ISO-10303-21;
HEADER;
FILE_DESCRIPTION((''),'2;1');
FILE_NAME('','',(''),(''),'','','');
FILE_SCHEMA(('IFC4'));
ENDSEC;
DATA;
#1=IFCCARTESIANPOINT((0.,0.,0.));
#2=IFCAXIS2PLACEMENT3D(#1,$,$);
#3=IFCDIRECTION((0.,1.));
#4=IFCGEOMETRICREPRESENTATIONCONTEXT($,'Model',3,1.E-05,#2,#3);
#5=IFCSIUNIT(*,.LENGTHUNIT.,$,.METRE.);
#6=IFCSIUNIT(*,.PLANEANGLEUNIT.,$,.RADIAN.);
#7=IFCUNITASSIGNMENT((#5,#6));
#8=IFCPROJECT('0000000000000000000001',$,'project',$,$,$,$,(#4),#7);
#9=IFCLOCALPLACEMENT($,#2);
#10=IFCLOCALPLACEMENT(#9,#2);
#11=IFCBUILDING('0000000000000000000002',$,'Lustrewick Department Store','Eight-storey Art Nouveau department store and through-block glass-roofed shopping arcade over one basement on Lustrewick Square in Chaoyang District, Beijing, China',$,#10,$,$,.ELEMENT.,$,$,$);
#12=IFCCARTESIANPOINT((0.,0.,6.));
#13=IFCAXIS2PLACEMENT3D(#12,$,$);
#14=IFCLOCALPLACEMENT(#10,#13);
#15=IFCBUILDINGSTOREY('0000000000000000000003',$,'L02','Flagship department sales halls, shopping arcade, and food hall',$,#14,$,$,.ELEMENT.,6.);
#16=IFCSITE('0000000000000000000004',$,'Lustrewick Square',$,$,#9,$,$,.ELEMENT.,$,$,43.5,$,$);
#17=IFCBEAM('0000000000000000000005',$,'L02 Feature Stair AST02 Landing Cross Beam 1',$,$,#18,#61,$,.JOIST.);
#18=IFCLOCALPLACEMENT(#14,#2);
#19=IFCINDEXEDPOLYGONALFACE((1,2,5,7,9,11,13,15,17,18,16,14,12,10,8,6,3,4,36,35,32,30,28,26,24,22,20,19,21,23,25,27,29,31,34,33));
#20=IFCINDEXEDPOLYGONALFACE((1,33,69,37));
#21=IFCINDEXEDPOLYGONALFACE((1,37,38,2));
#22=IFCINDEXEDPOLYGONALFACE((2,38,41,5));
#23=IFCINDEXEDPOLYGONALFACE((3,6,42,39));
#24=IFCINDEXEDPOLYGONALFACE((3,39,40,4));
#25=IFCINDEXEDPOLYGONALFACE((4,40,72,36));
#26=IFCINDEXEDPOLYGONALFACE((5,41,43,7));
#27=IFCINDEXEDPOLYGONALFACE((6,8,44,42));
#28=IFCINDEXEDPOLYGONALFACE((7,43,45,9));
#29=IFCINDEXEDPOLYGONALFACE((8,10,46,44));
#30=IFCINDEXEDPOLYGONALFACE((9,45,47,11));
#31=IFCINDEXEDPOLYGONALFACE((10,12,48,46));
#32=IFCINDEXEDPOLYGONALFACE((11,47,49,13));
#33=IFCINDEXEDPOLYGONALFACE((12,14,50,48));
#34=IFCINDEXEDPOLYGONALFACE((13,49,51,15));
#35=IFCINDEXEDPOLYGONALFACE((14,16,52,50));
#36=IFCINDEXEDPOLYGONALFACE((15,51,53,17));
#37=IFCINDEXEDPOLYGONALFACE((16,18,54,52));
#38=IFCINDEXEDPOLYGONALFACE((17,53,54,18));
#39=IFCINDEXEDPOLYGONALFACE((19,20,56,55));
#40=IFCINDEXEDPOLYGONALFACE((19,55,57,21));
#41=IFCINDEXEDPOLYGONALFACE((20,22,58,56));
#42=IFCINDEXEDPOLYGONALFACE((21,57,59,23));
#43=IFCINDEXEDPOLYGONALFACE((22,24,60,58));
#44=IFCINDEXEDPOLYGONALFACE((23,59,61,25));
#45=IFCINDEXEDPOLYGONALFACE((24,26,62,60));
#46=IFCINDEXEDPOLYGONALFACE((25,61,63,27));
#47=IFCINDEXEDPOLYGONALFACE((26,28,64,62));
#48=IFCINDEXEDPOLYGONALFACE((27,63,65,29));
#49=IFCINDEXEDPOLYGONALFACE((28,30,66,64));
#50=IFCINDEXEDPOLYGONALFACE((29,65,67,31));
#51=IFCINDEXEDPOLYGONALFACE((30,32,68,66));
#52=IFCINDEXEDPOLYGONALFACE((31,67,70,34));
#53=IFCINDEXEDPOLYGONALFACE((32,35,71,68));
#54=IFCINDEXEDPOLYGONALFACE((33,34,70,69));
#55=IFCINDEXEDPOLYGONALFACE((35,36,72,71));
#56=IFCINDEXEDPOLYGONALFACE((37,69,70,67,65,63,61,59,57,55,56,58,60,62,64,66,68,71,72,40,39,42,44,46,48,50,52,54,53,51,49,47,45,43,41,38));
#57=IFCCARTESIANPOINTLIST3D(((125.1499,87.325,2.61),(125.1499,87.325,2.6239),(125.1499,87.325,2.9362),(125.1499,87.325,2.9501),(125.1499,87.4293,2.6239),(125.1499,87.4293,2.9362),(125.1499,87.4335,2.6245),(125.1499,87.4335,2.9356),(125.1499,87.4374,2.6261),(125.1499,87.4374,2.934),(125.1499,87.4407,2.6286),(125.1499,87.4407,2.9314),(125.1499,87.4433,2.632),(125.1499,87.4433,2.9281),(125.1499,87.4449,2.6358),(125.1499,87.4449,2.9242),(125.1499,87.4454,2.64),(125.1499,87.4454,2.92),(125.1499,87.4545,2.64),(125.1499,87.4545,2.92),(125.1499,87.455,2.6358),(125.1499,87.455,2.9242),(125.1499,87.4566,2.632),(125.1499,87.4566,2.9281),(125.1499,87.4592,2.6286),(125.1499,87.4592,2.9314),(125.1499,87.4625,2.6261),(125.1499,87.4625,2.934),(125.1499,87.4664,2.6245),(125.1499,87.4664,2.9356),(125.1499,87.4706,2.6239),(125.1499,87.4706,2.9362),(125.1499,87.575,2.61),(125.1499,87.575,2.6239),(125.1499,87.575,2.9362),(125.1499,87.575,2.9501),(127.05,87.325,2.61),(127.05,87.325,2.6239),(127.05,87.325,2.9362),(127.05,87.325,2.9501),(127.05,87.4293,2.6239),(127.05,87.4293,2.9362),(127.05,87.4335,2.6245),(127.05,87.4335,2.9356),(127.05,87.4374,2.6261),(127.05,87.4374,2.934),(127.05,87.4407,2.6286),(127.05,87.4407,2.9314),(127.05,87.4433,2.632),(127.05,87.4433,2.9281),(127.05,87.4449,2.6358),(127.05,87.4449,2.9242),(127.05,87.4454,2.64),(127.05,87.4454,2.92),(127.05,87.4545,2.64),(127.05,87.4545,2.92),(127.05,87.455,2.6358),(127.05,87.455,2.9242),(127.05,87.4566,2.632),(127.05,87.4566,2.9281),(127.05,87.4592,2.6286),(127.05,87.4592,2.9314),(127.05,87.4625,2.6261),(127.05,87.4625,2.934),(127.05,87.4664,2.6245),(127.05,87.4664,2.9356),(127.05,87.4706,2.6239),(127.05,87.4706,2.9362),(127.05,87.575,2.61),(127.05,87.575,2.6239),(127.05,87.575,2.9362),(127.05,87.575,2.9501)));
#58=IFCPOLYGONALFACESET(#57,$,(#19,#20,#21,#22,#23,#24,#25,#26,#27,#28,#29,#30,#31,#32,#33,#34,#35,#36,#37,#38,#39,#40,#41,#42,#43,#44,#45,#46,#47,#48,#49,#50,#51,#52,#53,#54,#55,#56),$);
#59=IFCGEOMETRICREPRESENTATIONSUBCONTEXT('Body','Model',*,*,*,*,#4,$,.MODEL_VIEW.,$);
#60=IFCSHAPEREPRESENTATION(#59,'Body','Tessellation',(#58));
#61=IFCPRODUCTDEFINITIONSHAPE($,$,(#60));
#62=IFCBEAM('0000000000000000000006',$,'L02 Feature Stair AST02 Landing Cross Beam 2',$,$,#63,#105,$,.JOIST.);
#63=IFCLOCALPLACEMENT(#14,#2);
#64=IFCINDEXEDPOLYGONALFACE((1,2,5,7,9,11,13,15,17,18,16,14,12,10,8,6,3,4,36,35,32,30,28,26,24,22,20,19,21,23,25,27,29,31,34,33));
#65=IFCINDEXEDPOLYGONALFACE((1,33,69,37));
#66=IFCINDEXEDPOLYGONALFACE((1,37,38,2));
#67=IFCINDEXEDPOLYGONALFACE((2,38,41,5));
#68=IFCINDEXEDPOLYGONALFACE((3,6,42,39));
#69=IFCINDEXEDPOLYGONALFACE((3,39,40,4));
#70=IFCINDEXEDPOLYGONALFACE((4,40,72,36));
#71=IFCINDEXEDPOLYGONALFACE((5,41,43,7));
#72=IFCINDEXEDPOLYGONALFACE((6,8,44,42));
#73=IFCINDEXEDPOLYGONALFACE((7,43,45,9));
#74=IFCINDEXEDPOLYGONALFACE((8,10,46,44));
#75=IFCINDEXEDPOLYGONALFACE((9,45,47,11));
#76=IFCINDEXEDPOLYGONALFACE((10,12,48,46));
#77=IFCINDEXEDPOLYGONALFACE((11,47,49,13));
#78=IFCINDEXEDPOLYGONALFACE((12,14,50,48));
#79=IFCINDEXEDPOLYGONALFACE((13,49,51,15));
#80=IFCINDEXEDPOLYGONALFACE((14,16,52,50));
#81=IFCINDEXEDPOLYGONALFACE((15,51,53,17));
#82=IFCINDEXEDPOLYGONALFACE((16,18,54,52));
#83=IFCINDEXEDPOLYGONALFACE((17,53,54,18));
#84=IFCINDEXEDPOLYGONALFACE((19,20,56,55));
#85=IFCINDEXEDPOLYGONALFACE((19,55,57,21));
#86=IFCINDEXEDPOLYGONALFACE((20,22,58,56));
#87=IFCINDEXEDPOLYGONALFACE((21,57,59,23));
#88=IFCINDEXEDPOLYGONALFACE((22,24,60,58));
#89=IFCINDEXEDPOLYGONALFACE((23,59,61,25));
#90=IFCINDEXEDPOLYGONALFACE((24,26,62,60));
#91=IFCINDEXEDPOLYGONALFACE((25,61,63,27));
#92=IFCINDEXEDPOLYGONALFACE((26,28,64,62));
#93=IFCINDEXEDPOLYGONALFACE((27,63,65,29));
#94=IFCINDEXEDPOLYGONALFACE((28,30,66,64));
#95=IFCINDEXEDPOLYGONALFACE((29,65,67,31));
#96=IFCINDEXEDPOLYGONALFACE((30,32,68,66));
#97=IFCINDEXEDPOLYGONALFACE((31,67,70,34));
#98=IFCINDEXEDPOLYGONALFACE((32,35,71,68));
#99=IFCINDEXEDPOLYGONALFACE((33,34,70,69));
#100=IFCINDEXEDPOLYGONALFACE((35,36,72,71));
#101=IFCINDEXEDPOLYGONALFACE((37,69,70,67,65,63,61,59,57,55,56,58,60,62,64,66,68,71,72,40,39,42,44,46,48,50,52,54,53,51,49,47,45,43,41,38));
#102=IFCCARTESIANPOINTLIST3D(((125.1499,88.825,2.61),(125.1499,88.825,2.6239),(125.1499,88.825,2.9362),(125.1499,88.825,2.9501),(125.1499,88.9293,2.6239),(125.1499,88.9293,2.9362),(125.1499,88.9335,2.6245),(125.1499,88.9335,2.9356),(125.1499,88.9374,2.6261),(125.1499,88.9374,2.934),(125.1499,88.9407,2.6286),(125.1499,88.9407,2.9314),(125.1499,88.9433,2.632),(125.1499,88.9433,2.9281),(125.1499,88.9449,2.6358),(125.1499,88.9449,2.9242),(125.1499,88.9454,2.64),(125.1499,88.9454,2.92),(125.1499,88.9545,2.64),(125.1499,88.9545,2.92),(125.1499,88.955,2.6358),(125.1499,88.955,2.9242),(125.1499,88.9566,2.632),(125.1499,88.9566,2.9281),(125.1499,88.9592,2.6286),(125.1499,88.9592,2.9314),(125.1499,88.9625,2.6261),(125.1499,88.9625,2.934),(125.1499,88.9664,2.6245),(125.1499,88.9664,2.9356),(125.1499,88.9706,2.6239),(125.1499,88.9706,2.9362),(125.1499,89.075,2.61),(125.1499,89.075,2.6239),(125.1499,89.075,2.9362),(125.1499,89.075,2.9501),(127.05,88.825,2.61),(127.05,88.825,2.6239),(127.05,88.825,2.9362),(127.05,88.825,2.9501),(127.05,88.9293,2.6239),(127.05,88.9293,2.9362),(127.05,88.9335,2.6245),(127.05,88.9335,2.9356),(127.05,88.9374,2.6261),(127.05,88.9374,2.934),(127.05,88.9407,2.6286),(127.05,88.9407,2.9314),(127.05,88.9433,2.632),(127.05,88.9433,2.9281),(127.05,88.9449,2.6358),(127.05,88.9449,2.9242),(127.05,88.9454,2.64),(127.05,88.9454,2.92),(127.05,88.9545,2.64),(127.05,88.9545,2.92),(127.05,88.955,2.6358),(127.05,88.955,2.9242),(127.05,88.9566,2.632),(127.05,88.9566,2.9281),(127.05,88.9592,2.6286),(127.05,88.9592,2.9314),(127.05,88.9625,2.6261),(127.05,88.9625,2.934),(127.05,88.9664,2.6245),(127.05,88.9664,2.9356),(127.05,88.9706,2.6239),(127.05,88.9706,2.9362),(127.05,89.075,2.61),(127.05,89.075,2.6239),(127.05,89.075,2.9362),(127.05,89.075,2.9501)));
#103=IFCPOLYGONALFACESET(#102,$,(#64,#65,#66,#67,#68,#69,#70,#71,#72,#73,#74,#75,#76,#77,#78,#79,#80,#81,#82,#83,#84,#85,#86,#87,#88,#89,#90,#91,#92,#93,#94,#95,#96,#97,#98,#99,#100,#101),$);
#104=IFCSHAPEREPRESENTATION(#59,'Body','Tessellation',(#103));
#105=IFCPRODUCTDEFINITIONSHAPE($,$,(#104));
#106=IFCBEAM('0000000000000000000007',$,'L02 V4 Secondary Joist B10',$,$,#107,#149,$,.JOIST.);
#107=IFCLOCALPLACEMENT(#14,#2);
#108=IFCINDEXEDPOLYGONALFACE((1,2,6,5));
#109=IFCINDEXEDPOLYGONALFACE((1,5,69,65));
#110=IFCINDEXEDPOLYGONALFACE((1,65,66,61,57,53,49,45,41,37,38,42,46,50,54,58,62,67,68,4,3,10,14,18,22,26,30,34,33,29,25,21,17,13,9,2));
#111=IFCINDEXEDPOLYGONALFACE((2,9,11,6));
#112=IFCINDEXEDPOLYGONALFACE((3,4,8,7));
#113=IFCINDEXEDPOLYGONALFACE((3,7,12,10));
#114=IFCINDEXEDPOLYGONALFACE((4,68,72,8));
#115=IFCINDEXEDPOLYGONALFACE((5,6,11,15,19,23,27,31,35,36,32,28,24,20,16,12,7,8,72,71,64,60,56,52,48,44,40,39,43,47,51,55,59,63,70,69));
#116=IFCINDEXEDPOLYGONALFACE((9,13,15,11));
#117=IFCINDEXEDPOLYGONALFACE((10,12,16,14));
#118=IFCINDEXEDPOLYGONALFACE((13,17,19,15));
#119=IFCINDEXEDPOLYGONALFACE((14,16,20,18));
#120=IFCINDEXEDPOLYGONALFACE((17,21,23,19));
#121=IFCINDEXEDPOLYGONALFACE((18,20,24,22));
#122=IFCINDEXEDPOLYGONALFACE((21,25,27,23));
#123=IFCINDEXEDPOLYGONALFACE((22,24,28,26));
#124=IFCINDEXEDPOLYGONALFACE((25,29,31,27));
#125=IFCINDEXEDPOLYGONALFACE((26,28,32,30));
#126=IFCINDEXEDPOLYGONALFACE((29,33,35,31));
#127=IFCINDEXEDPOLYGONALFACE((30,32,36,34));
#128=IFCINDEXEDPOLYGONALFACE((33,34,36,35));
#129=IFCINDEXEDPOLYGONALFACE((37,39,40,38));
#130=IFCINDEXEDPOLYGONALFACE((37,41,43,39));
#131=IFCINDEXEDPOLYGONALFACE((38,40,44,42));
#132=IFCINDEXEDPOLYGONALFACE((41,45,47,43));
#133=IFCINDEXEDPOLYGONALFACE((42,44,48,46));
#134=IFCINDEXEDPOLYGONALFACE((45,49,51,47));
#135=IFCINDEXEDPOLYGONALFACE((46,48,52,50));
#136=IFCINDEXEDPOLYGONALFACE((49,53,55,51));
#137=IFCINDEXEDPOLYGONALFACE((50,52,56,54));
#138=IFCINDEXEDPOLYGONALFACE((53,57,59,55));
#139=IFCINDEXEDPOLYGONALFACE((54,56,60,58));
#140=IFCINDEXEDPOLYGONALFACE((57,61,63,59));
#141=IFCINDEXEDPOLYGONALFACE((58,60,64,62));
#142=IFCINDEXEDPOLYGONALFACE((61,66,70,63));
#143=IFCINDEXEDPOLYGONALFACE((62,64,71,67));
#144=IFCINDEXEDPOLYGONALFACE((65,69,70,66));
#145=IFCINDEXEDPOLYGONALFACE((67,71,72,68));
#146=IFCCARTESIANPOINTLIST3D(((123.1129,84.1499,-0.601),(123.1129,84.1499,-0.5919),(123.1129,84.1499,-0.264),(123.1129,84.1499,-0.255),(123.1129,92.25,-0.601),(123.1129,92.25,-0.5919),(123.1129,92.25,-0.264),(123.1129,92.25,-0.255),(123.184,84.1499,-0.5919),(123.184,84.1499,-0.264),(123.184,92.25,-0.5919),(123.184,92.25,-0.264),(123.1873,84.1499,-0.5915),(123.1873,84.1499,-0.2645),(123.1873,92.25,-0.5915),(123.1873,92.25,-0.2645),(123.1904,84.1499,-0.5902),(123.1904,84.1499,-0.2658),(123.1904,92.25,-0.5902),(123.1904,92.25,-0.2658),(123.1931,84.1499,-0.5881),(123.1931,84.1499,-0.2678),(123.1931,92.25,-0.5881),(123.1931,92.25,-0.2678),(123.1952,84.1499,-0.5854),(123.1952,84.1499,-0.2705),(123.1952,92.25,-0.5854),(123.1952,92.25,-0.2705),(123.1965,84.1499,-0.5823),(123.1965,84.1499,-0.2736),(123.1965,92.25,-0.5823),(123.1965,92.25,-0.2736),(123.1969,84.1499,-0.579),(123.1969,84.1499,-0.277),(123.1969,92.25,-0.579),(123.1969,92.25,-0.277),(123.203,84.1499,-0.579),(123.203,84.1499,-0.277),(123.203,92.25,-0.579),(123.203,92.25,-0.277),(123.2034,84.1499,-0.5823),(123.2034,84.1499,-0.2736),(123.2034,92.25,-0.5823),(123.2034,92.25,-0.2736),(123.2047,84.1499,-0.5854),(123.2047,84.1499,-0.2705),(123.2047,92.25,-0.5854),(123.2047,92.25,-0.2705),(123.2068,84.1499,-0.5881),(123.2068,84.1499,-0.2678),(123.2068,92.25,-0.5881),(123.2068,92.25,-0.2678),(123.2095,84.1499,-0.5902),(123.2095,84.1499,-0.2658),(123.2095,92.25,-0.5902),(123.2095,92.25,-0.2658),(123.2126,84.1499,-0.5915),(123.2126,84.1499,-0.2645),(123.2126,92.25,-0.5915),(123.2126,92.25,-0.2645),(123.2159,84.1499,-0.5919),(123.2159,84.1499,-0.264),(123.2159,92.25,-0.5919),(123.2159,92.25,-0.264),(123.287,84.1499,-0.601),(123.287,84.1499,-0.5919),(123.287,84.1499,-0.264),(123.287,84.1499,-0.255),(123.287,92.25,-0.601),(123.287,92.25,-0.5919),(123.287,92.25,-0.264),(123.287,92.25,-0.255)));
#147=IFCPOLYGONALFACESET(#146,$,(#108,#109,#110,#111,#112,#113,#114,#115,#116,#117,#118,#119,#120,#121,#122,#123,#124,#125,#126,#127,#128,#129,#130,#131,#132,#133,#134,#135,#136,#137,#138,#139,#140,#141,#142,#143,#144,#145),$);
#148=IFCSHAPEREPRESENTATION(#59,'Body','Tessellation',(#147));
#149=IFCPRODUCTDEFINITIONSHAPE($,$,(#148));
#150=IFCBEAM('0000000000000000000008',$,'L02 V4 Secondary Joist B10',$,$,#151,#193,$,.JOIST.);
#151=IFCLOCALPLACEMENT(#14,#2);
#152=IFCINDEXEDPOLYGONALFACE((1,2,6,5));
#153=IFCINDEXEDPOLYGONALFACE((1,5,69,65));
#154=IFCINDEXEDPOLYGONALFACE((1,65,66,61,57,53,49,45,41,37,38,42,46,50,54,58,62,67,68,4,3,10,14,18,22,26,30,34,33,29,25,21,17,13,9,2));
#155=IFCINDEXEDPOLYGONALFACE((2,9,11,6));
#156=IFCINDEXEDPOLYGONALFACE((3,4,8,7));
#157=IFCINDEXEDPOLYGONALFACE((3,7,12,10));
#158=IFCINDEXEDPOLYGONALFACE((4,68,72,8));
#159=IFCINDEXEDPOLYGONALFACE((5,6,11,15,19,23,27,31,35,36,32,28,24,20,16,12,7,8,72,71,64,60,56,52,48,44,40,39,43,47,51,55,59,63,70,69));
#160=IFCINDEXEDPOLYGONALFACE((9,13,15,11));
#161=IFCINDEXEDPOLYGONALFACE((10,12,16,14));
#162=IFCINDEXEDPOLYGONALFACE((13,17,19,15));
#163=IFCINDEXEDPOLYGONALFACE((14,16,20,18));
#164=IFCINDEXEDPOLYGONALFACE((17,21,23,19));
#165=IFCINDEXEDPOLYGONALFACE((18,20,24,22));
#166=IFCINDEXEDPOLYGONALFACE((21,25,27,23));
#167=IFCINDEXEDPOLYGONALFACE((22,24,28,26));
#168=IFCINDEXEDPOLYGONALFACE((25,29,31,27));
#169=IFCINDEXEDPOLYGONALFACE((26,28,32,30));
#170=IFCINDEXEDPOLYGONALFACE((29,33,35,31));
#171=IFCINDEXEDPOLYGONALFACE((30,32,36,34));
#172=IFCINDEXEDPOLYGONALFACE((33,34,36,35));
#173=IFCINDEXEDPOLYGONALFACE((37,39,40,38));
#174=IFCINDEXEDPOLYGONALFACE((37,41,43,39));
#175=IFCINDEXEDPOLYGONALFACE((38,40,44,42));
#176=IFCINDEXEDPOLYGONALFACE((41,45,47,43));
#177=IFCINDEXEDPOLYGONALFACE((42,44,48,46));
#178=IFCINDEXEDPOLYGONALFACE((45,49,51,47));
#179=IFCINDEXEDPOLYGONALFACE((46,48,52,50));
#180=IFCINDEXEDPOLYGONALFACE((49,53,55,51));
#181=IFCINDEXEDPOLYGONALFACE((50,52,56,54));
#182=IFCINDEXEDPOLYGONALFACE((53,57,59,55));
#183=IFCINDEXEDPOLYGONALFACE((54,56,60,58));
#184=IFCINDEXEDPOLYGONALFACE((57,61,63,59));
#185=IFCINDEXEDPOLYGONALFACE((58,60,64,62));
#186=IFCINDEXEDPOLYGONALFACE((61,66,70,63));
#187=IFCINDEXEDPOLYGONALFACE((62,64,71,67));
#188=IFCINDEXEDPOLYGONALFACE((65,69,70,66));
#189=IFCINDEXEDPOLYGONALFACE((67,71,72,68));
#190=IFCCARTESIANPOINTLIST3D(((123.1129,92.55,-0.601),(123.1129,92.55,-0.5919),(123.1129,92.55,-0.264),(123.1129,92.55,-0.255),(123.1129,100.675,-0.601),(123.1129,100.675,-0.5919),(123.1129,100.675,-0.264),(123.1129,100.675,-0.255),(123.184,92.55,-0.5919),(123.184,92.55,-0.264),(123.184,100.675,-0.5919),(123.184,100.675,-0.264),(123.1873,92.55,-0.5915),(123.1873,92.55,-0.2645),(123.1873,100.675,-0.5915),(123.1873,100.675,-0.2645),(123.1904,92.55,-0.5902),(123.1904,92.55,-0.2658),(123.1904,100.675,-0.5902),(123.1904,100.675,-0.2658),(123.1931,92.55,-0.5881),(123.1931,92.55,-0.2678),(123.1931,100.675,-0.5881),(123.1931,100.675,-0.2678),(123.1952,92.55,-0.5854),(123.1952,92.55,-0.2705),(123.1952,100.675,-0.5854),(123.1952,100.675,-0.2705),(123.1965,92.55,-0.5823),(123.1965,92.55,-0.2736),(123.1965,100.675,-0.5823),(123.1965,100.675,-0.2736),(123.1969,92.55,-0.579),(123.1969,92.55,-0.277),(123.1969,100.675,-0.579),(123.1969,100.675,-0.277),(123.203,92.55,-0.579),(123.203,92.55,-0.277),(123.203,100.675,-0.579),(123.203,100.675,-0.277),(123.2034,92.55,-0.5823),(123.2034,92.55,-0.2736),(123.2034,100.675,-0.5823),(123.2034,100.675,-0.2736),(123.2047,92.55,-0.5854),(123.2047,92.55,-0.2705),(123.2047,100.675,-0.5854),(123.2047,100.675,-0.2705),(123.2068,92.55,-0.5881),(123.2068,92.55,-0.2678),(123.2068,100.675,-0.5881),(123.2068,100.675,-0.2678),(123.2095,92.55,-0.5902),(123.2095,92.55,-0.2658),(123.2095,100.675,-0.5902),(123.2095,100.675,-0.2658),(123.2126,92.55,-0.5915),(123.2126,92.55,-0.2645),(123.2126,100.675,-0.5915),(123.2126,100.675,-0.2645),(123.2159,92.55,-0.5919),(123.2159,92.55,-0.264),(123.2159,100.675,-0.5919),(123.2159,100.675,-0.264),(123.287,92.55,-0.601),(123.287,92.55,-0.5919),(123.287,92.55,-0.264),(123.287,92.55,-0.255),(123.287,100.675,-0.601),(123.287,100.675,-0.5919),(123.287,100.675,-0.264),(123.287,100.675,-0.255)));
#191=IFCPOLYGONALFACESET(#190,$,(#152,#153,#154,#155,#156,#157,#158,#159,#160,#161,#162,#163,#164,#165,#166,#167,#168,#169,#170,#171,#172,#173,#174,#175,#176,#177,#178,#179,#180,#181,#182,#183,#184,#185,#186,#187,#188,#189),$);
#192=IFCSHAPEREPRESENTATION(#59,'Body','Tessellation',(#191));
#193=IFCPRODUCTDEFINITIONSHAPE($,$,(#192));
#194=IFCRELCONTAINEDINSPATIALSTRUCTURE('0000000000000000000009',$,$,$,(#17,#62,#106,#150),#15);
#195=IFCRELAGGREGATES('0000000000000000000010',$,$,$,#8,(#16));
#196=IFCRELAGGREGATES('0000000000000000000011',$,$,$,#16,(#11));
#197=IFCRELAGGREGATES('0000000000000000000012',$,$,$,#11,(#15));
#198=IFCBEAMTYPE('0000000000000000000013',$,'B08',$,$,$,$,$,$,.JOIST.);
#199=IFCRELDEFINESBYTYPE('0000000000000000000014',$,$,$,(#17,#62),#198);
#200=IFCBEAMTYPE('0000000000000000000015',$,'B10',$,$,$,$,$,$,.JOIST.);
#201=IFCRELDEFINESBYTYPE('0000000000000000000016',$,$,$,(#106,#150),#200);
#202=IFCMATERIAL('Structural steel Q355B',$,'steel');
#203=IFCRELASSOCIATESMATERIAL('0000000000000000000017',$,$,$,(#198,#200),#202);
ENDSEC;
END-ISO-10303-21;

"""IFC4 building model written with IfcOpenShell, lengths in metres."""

from ifc_helpers import new_model, si_unit, direction, frame, origin, origin_2d, place, context, subcontext, project, spatial, i_section, extrude, material, material_profile, profile_set, type_object, element, save


model = new_model("IFC4")

# Units and contexts
model_context = context("Model", 3, precision=1e-05, world=origin(), true_north=direction((0.0, 1.0)))
body_context = subcontext(model_context, "Body", "Model", "MODEL_VIEW")
ifc_project = project(units=[si_unit("LENGTHUNIT", "METRE"), si_unit("PLANEANGLEUNIT", "RADIAN")], contexts=[model_context])

# Site, building, storey
site_placement = place(None, origin())
site = spatial("IfcSite", under=ifc_project, at=site_placement, Name="Lustrewick Square", CompositionType="ELEMENT", RefElevation=43.5)
building_placement = place(site_placement, origin())
building = spatial("IfcBuilding", under=site, at=building_placement, Name="Lustrewick Department Store", Description="Eight-storey Art Nouveau department store and through-block glass-roofed shopping arcade over one basement on Lustrewick Square in Chaoyang District, Beijing, China", CompositionType="ELEMENT")
storey_placement = place(building_placement, frame((0.0, 0.0, 6.0)))
storey = spatial("IfcBuildingStorey", under=building, at=storey_placement, Name="L02", Description="Flagship department sales halls, shopping arcade, and food hall", CompositionType="ELEMENT", Elevation=6.0)

# Shared definitions
ifc_material_1 = material(Name="Structural steel Q355B", Category="steel")

# Beams
ifc_material_profile_1 = material_profile(ifc_material_1, i_section(OverallWidth=0.25, OverallDepth=0.3401, WebThickness=0.009, FlangeThickness=0.0139, FilletRadius=0.0161, at=origin_2d()), Name="HM 340x250x9x14")
ifc_profile_set_1 = profile_set([ifc_material_profile_1], Name="Structural steel Q355B")
beam_type_1 = type_object("IfcBeamType", Name="B08", PredefinedType="JOIST", material=ifc_profile_set_1)
for number, where, z_axis, x_axis, name in (
    (1, (125.1499, 87.45, 2.78), (1.0, 0.0, 0.0), (0.0, 1.0, 0.0), "L02 Feature Stair AST02 Landing Cross Beam 1"),
    (2, (125.1499, 88.95, 2.78), (1.0, 0.0, 0.0), (0.0, 1.0, 0.0), "L02 Feature Stair AST02 Landing Cross Beam 2"),
):
    element("IfcBeam", number, at=place(storey_placement, frame(where, z_axis=z_axis, x_axis=x_axis)), inside=storey, type_object=beam_type_1, Name=name, PredefinedType="JOIST", context=body_context, shape_type="SweptSolid", body=[
        extrude(i_section(OverallWidth=0.25, OverallDepth=0.3401, WebThickness=0.009, FlangeThickness=0.0139, FilletRadius=0.0161, at=origin_2d()), origin(), (0.0, 0.0, 1.0), 1.9001),
    ])
ifc_material_profile_2 = material_profile(ifc_material_1, i_section(OverallWidth=0.1741, OverallDepth=0.3459, WebThickness=0.0061, FlangeThickness=0.009, FilletRadius=0.0129, at=origin_2d()), Name="HN 346x174x6x9")
ifc_profile_set_2 = profile_set([ifc_material_profile_2], Name="Structural steel Q355B")
beam_type_2 = type_object("IfcBeamType", Name="B10", PredefinedType="JOIST", material=ifc_profile_set_2)
beam_1_placement = place(storey_placement, frame((123.2, 84.1499, -0.428), z_axis=(0.0, 1.0, 0.0), x_axis=(-1.0, 0.0, 0.0)))
element("IfcBeam", 3, at=beam_1_placement, inside=storey, type_object=beam_type_2, Name="L02 V4 Secondary Joist B10", PredefinedType="JOIST", context=body_context, shape_type="SweptSolid", body=[
    extrude(i_section(OverallWidth=0.1741, OverallDepth=0.3459, WebThickness=0.0061, FlangeThickness=0.009, FilletRadius=0.0129, at=origin_2d()), origin(), (0.0, 0.0, 1.0), 8.1001),
])
beam_2_placement = place(storey_placement, frame((123.2, 92.55, -0.428), z_axis=(0.0, 1.0, 0.0), x_axis=(-1.0, 0.0, 0.0)))
element("IfcBeam", 4, at=beam_2_placement, inside=storey, type_object=beam_type_2, Name="L02 V4 Secondary Joist B10", PredefinedType="JOIST", context=body_context, shape_type="SweptSolid", body=[
    extrude(i_section(OverallWidth=0.1741, OverallDepth=0.3459, WebThickness=0.0061, FlangeThickness=0.009, FilletRadius=0.0129, at=origin_2d()), origin(), (0.0, 0.0, 1.0), 8.125),
])

save(model, "model.ifc")
